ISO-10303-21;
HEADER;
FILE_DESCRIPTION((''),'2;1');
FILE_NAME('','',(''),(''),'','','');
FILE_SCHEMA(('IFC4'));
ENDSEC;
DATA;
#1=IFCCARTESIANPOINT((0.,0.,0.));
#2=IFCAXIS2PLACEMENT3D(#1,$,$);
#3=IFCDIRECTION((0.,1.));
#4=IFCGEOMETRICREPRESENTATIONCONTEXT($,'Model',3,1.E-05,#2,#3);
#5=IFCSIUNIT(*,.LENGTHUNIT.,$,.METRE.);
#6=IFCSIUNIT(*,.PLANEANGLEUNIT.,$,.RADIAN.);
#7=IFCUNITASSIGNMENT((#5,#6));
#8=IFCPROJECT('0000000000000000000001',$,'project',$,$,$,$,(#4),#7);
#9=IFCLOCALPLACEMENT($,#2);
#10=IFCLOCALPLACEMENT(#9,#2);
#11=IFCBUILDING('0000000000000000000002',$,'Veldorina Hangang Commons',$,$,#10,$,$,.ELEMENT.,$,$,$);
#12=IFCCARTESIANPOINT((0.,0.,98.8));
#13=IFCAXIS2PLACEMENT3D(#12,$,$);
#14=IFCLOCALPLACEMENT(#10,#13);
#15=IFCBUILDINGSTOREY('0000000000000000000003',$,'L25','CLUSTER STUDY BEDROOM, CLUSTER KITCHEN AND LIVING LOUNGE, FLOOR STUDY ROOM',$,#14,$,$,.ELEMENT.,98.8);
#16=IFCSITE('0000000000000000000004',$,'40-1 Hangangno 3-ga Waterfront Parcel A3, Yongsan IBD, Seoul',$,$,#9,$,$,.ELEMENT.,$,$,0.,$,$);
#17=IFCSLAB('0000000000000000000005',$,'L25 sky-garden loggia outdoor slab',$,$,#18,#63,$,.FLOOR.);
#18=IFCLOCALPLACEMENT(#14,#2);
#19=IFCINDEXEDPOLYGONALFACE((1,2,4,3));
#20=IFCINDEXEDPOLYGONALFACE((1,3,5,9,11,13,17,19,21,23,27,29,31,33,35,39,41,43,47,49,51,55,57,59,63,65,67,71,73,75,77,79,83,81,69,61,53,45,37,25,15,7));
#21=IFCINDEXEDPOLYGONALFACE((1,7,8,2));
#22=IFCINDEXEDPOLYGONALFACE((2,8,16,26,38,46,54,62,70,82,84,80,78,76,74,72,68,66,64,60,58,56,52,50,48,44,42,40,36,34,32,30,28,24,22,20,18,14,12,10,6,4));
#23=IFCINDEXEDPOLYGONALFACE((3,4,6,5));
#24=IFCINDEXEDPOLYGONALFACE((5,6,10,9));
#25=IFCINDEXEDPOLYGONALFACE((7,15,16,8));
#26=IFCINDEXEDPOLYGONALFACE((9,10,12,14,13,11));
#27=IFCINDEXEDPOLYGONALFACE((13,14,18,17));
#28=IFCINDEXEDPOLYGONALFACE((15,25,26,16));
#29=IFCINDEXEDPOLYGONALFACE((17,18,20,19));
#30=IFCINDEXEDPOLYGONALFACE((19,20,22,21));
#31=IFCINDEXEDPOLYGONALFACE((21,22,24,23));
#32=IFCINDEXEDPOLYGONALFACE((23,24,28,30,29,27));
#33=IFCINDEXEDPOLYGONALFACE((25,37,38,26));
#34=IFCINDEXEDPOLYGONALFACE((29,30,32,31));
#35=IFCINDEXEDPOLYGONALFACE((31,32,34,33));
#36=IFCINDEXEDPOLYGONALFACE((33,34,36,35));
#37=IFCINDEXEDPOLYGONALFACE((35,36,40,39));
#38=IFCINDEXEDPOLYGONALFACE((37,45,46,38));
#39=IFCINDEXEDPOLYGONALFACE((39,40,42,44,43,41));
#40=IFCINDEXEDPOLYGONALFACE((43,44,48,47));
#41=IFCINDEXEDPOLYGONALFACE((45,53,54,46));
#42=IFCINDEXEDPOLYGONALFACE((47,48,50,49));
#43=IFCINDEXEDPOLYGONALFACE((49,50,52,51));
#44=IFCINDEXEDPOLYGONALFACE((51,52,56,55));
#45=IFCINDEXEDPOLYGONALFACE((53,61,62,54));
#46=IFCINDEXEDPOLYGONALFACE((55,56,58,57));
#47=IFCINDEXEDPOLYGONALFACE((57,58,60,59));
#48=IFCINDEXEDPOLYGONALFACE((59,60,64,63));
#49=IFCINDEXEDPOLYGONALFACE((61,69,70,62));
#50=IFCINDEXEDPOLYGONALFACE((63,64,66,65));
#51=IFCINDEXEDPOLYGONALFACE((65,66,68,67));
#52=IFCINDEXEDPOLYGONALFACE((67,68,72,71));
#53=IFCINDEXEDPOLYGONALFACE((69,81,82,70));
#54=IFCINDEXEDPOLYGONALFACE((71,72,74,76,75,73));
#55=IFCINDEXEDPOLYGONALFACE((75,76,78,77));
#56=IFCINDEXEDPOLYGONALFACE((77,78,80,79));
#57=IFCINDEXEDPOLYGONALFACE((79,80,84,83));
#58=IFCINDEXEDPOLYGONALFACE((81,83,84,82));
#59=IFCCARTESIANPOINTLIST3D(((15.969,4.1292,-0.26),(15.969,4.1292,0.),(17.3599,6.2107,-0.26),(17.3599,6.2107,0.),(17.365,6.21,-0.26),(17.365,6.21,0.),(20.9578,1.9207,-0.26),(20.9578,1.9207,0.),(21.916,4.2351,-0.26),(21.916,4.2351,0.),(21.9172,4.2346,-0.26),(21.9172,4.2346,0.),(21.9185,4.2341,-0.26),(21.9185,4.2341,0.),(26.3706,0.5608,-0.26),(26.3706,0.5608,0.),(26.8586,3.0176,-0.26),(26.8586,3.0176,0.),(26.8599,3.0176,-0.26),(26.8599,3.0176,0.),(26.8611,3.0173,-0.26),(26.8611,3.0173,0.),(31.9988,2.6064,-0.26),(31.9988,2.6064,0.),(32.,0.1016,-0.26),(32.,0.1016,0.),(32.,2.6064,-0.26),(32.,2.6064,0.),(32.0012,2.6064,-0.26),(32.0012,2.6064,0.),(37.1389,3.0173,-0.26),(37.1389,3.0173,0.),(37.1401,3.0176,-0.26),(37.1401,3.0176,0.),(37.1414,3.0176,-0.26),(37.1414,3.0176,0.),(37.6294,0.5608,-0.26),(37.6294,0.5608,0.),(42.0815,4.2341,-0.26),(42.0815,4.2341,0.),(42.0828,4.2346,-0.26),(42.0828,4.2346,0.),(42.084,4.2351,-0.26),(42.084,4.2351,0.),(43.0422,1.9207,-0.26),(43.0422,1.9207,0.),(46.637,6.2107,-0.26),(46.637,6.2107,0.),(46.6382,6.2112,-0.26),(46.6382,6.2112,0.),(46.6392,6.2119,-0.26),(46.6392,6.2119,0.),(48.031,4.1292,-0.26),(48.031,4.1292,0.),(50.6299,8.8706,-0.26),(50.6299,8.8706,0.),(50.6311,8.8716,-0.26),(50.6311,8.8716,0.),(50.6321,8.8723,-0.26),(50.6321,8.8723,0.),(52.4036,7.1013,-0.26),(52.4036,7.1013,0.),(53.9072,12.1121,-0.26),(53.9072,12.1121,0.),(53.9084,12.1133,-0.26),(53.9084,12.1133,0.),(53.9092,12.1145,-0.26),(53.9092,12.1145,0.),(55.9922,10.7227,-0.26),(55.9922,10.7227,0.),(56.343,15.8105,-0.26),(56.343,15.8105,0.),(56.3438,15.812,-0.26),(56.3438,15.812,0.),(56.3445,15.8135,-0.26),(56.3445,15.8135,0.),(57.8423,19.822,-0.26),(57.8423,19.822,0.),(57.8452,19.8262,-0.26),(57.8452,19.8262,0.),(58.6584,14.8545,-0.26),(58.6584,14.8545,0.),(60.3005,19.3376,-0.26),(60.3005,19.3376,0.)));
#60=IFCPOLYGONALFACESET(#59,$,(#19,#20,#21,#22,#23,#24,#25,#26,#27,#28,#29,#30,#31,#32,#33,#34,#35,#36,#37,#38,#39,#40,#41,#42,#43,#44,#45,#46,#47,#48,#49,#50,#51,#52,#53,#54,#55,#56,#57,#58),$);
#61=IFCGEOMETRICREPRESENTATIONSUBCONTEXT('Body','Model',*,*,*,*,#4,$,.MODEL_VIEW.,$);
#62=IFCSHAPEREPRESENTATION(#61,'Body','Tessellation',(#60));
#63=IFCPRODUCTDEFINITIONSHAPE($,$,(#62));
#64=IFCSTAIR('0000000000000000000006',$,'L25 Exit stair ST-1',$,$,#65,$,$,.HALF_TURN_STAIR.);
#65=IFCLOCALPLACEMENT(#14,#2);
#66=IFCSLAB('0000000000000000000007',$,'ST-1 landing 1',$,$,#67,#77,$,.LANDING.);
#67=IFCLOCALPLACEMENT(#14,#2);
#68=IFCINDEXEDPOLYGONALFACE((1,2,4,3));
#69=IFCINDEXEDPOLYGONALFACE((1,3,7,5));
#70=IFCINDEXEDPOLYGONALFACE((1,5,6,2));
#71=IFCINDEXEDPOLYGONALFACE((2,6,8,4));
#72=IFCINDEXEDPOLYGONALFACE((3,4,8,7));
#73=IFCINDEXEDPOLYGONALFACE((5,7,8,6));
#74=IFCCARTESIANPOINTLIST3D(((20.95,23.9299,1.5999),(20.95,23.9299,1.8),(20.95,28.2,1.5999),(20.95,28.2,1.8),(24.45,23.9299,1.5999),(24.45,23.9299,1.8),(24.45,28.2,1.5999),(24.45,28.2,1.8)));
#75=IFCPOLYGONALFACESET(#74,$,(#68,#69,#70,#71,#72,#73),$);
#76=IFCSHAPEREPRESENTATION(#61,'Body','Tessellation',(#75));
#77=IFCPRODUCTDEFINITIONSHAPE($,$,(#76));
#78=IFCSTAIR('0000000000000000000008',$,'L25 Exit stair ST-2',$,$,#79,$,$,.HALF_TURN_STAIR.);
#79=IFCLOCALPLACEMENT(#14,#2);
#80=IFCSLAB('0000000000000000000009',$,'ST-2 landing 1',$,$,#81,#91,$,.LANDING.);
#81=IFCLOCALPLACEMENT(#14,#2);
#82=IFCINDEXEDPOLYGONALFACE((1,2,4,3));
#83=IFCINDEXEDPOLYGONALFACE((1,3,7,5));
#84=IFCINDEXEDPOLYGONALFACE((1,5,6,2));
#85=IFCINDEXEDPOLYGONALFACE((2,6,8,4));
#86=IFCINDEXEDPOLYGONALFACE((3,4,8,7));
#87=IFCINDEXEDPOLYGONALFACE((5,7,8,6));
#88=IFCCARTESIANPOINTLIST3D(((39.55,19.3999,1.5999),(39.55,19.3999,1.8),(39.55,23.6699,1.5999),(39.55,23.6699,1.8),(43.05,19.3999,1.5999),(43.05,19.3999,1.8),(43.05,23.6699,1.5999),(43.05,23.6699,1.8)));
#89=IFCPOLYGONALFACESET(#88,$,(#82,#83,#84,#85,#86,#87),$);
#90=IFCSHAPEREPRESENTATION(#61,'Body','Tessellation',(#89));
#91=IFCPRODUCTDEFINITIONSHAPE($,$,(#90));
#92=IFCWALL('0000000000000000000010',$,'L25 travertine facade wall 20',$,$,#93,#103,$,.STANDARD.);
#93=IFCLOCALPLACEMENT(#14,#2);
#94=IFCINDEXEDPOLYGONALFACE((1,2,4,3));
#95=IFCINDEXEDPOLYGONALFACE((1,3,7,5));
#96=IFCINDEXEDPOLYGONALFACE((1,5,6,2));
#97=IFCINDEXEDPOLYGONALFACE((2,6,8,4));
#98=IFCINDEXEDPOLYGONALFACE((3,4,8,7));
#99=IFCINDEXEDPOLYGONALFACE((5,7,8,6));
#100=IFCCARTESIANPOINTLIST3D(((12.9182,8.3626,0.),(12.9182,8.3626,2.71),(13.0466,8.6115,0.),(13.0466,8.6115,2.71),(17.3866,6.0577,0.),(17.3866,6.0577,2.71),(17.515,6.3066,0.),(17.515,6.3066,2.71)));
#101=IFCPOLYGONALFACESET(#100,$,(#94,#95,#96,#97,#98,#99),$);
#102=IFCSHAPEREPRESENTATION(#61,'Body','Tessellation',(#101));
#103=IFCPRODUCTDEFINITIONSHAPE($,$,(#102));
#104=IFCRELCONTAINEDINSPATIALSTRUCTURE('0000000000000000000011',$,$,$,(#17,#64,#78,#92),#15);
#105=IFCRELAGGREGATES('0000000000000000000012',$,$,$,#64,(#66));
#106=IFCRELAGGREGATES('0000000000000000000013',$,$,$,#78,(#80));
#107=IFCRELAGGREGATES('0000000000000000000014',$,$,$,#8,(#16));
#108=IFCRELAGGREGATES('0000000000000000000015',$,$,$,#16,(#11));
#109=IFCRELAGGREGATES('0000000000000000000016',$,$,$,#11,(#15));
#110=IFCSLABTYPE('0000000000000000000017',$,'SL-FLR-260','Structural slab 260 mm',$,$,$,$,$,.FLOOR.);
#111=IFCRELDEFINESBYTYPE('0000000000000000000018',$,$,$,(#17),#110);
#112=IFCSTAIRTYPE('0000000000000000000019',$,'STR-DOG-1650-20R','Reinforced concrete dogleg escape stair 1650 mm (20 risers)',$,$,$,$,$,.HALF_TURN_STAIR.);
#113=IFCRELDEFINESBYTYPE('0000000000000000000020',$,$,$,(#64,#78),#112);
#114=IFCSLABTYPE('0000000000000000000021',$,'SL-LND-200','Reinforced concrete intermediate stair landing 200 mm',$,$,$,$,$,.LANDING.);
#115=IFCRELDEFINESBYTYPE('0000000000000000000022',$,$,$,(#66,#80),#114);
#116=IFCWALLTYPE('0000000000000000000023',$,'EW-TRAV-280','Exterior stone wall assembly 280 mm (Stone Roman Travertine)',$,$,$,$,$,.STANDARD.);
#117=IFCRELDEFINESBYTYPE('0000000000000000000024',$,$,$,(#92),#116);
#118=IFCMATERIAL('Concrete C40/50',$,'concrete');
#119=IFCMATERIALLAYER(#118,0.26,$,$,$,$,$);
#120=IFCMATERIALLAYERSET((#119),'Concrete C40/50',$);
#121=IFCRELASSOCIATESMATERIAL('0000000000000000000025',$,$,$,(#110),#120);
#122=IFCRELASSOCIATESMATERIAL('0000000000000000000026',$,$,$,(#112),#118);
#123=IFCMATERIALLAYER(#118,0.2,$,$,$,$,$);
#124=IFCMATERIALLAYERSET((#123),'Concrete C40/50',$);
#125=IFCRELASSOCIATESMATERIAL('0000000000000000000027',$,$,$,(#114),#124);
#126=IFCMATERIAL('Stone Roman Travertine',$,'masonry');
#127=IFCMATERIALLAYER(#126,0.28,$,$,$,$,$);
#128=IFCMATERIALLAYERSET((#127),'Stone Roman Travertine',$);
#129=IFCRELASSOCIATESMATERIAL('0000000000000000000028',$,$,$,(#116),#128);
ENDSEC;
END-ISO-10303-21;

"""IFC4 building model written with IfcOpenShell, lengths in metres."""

from ifc_helpers import new_model, si_unit, direction, frame, frame_2d, origin, place, context, subcontext, project, spatial, polyline, rectangle, outline, extrude, material, layer, layer_set, type_object, element, aggregate, save


model = new_model("IFC4")

# Units and contexts
model_context = context("Model", 3, precision=1e-05, world=origin(), true_north=direction((0.0, 1.0)))
body_context = subcontext(model_context, "Body", "Model", "MODEL_VIEW")
ifc_project = project(units=[si_unit("LENGTHUNIT", "METRE"), si_unit("PLANEANGLEUNIT", "RADIAN")], contexts=[model_context])

# Site, building, storey
site_placement = place(None, origin())
site = spatial("IfcSite", under=ifc_project, at=site_placement, Name="40-1 Hangangno 3-ga Waterfront Parcel A3, Yongsan IBD, Seoul", CompositionType="ELEMENT", RefElevation=0.0)
building_placement = place(site_placement, origin())
building = spatial("IfcBuilding", under=site, at=building_placement, Name="Veldorina Hangang Commons", CompositionType="ELEMENT")
storey_placement = place(building_placement, frame((0.0, 0.0, 98.8)))
storey = spatial("IfcBuildingStorey", under=building, at=storey_placement, Name="L25", Description="CLUSTER STUDY BEDROOM, CLUSTER KITCHEN AND LIVING LOUNGE, FLOOR STUDY ROOM", CompositionType="ELEMENT", Elevation=98.8)

# Slab
ifc_material_1 = material(Name="Concrete C40/50", Category="concrete")
ifc_layer_1 = layer(ifc_material_1, 0.26)
ifc_layer_set_1 = layer_set([ifc_layer_1], Name="Concrete C40/50")
slab_type_1 = type_object("IfcSlabType", Name="SL-FLR-260", Description="Structural slab 260 mm", PredefinedType="FLOOR", material=ifc_layer_set_1)
slab_1_placement = place(storey_placement, frame((0.0, 0.0, -0.26)))
element("IfcSlab", 1, at=slab_1_placement, inside=storey, type_object=slab_type_1, Name="L25 sky-garden loggia outdoor slab", PredefinedType="FLOOR", context=body_context, shape_type="SweptSolid", body=[
    extrude(outline(polyline([(60.3005, 19.3376), (58.6584, 14.8545), (55.9922, 10.7227), (52.4036, 7.1013), (48.031, 4.1292), (43.0422, 1.9207), (37.6294, 0.5608), (32.0, 0.1016), (26.3706, 0.5608), (20.9578, 1.9207), (15.969, 4.1292), (17.3599, 6.2107), (17.365, 6.21), (21.916, 4.2351), (21.9172, 4.2346), (21.9185, 4.2341), (26.8586, 3.0176), (26.8599, 3.0176), (26.8611, 3.0173), (31.9988, 2.6064), (32.0, 2.6064), (32.0012, 2.6064), (37.1389, 3.0173), (37.1401, 3.0176), (37.1414, 3.0176), (42.0815, 4.2341), (42.0828, 4.2346), (42.084, 4.2351), (46.637, 6.2107), (46.6382, 6.2112), (46.6392, 6.2119), (50.6299, 8.8706), (50.6311, 8.8716), (50.6321, 8.8723), (53.9072, 12.1121), (53.9084, 12.1133), (53.9092, 12.1145), (56.343, 15.8105), (56.3438, 15.812), (56.3445, 15.8135), (57.8423, 19.822), (57.8452, 19.8262), (60.3005, 19.3376)])), origin(), (0.0, 0.0, 1.0), 0.26),
])

# Stairs, slabs
stair_type = type_object("IfcStairType", Name="STR-DOG-1650-20R", Description="Reinforced concrete dogleg escape stair 1650 mm (20 risers)", PredefinedType="HALF_TURN_STAIR", material=ifc_material_1)
stair_1_placement = place(storey_placement, origin())
stair_1 = element("IfcStair", 2, at=stair_1_placement, inside=storey, type_object=stair_type, Name="L25 Exit stair ST-1", PredefinedType="HALF_TURN_STAIR")
ifc_layer_2 = layer(ifc_material_1, 0.2)
ifc_layer_set_2 = layer_set([ifc_layer_2], Name="Concrete C40/50")
slab_type_2 = type_object("IfcSlabType", Name="SL-LND-200", Description="Reinforced concrete intermediate stair landing 200 mm", PredefinedType="LANDING", material=ifc_layer_set_2)
slab_2_placement = place(storey_placement, frame((0.0, 0.0, 1.5999)))
slab_2 = element("IfcSlab", 3, at=slab_2_placement, type_object=slab_type_2, Name="ST-1 landing 1", PredefinedType="LANDING", context=body_context, shape_type="SweptSolid", body=[
    extrude(outline(polyline([(24.45, 23.9299), (24.45, 28.2), (20.95, 28.2), (20.95, 23.9299), (24.45, 23.9299)])), origin(), (0.0, 0.0, 1.0), 0.2002),
])
aggregate(stair_1, [slab_2])
stair_2_placement = place(storey_placement, origin())
stair_2 = element("IfcStair", 4, at=stair_2_placement, inside=storey, type_object=stair_type, Name="L25 Exit stair ST-2", PredefinedType="HALF_TURN_STAIR")
slab_3_placement = place(storey_placement, frame((0.0, 0.0, 1.5999)))
slab_3 = element("IfcSlab", 5, at=slab_3_placement, type_object=slab_type_2, Name="ST-2 landing 1", PredefinedType="LANDING", context=body_context, shape_type="SweptSolid", body=[
    extrude(outline(polyline([(39.55, 23.6699), (39.55, 19.3999), (43.05, 19.3999), (43.05, 23.6699), (39.55, 23.6699)])), origin(), (0.0, 0.0, 1.0), 0.2002),
])
aggregate(stair_2, [slab_3])

# Wall
ifc_material_2 = material(Name="Stone Roman Travertine", Category="masonry")
ifc_layer_3 = layer(ifc_material_2, 0.28)
ifc_layer_set_3 = layer_set([ifc_layer_3], Name="Stone Roman Travertine")
wall_type = type_object("IfcWallType", Name="EW-TRAV-280", Description="Exterior stone wall assembly 280 mm (Stone Roman Travertine)", PredefinedType="STANDARD", material=ifc_layer_set_3)
wall_placement = place(storey_placement, frame((12.9824, 8.4871, 0.0), z_axis=(0.0, 0.0, 1.0), x_axis=(0.888734, -0.458424, 0.0)))
element("IfcWall", 6, at=wall_placement, inside=storey, type_object=wall_type, Name="L25 travertine facade wall 20", PredefinedType="STANDARD", context=body_context, shape_type="SweptSolid", body=[
    extrude(rectangle(XDim=5.0278, YDim=0.28, at=frame_2d((2.5139, 0.0))), origin(), (0.0, 0.0, 1.0), 2.71),
])

save(model, "model.ifc")
